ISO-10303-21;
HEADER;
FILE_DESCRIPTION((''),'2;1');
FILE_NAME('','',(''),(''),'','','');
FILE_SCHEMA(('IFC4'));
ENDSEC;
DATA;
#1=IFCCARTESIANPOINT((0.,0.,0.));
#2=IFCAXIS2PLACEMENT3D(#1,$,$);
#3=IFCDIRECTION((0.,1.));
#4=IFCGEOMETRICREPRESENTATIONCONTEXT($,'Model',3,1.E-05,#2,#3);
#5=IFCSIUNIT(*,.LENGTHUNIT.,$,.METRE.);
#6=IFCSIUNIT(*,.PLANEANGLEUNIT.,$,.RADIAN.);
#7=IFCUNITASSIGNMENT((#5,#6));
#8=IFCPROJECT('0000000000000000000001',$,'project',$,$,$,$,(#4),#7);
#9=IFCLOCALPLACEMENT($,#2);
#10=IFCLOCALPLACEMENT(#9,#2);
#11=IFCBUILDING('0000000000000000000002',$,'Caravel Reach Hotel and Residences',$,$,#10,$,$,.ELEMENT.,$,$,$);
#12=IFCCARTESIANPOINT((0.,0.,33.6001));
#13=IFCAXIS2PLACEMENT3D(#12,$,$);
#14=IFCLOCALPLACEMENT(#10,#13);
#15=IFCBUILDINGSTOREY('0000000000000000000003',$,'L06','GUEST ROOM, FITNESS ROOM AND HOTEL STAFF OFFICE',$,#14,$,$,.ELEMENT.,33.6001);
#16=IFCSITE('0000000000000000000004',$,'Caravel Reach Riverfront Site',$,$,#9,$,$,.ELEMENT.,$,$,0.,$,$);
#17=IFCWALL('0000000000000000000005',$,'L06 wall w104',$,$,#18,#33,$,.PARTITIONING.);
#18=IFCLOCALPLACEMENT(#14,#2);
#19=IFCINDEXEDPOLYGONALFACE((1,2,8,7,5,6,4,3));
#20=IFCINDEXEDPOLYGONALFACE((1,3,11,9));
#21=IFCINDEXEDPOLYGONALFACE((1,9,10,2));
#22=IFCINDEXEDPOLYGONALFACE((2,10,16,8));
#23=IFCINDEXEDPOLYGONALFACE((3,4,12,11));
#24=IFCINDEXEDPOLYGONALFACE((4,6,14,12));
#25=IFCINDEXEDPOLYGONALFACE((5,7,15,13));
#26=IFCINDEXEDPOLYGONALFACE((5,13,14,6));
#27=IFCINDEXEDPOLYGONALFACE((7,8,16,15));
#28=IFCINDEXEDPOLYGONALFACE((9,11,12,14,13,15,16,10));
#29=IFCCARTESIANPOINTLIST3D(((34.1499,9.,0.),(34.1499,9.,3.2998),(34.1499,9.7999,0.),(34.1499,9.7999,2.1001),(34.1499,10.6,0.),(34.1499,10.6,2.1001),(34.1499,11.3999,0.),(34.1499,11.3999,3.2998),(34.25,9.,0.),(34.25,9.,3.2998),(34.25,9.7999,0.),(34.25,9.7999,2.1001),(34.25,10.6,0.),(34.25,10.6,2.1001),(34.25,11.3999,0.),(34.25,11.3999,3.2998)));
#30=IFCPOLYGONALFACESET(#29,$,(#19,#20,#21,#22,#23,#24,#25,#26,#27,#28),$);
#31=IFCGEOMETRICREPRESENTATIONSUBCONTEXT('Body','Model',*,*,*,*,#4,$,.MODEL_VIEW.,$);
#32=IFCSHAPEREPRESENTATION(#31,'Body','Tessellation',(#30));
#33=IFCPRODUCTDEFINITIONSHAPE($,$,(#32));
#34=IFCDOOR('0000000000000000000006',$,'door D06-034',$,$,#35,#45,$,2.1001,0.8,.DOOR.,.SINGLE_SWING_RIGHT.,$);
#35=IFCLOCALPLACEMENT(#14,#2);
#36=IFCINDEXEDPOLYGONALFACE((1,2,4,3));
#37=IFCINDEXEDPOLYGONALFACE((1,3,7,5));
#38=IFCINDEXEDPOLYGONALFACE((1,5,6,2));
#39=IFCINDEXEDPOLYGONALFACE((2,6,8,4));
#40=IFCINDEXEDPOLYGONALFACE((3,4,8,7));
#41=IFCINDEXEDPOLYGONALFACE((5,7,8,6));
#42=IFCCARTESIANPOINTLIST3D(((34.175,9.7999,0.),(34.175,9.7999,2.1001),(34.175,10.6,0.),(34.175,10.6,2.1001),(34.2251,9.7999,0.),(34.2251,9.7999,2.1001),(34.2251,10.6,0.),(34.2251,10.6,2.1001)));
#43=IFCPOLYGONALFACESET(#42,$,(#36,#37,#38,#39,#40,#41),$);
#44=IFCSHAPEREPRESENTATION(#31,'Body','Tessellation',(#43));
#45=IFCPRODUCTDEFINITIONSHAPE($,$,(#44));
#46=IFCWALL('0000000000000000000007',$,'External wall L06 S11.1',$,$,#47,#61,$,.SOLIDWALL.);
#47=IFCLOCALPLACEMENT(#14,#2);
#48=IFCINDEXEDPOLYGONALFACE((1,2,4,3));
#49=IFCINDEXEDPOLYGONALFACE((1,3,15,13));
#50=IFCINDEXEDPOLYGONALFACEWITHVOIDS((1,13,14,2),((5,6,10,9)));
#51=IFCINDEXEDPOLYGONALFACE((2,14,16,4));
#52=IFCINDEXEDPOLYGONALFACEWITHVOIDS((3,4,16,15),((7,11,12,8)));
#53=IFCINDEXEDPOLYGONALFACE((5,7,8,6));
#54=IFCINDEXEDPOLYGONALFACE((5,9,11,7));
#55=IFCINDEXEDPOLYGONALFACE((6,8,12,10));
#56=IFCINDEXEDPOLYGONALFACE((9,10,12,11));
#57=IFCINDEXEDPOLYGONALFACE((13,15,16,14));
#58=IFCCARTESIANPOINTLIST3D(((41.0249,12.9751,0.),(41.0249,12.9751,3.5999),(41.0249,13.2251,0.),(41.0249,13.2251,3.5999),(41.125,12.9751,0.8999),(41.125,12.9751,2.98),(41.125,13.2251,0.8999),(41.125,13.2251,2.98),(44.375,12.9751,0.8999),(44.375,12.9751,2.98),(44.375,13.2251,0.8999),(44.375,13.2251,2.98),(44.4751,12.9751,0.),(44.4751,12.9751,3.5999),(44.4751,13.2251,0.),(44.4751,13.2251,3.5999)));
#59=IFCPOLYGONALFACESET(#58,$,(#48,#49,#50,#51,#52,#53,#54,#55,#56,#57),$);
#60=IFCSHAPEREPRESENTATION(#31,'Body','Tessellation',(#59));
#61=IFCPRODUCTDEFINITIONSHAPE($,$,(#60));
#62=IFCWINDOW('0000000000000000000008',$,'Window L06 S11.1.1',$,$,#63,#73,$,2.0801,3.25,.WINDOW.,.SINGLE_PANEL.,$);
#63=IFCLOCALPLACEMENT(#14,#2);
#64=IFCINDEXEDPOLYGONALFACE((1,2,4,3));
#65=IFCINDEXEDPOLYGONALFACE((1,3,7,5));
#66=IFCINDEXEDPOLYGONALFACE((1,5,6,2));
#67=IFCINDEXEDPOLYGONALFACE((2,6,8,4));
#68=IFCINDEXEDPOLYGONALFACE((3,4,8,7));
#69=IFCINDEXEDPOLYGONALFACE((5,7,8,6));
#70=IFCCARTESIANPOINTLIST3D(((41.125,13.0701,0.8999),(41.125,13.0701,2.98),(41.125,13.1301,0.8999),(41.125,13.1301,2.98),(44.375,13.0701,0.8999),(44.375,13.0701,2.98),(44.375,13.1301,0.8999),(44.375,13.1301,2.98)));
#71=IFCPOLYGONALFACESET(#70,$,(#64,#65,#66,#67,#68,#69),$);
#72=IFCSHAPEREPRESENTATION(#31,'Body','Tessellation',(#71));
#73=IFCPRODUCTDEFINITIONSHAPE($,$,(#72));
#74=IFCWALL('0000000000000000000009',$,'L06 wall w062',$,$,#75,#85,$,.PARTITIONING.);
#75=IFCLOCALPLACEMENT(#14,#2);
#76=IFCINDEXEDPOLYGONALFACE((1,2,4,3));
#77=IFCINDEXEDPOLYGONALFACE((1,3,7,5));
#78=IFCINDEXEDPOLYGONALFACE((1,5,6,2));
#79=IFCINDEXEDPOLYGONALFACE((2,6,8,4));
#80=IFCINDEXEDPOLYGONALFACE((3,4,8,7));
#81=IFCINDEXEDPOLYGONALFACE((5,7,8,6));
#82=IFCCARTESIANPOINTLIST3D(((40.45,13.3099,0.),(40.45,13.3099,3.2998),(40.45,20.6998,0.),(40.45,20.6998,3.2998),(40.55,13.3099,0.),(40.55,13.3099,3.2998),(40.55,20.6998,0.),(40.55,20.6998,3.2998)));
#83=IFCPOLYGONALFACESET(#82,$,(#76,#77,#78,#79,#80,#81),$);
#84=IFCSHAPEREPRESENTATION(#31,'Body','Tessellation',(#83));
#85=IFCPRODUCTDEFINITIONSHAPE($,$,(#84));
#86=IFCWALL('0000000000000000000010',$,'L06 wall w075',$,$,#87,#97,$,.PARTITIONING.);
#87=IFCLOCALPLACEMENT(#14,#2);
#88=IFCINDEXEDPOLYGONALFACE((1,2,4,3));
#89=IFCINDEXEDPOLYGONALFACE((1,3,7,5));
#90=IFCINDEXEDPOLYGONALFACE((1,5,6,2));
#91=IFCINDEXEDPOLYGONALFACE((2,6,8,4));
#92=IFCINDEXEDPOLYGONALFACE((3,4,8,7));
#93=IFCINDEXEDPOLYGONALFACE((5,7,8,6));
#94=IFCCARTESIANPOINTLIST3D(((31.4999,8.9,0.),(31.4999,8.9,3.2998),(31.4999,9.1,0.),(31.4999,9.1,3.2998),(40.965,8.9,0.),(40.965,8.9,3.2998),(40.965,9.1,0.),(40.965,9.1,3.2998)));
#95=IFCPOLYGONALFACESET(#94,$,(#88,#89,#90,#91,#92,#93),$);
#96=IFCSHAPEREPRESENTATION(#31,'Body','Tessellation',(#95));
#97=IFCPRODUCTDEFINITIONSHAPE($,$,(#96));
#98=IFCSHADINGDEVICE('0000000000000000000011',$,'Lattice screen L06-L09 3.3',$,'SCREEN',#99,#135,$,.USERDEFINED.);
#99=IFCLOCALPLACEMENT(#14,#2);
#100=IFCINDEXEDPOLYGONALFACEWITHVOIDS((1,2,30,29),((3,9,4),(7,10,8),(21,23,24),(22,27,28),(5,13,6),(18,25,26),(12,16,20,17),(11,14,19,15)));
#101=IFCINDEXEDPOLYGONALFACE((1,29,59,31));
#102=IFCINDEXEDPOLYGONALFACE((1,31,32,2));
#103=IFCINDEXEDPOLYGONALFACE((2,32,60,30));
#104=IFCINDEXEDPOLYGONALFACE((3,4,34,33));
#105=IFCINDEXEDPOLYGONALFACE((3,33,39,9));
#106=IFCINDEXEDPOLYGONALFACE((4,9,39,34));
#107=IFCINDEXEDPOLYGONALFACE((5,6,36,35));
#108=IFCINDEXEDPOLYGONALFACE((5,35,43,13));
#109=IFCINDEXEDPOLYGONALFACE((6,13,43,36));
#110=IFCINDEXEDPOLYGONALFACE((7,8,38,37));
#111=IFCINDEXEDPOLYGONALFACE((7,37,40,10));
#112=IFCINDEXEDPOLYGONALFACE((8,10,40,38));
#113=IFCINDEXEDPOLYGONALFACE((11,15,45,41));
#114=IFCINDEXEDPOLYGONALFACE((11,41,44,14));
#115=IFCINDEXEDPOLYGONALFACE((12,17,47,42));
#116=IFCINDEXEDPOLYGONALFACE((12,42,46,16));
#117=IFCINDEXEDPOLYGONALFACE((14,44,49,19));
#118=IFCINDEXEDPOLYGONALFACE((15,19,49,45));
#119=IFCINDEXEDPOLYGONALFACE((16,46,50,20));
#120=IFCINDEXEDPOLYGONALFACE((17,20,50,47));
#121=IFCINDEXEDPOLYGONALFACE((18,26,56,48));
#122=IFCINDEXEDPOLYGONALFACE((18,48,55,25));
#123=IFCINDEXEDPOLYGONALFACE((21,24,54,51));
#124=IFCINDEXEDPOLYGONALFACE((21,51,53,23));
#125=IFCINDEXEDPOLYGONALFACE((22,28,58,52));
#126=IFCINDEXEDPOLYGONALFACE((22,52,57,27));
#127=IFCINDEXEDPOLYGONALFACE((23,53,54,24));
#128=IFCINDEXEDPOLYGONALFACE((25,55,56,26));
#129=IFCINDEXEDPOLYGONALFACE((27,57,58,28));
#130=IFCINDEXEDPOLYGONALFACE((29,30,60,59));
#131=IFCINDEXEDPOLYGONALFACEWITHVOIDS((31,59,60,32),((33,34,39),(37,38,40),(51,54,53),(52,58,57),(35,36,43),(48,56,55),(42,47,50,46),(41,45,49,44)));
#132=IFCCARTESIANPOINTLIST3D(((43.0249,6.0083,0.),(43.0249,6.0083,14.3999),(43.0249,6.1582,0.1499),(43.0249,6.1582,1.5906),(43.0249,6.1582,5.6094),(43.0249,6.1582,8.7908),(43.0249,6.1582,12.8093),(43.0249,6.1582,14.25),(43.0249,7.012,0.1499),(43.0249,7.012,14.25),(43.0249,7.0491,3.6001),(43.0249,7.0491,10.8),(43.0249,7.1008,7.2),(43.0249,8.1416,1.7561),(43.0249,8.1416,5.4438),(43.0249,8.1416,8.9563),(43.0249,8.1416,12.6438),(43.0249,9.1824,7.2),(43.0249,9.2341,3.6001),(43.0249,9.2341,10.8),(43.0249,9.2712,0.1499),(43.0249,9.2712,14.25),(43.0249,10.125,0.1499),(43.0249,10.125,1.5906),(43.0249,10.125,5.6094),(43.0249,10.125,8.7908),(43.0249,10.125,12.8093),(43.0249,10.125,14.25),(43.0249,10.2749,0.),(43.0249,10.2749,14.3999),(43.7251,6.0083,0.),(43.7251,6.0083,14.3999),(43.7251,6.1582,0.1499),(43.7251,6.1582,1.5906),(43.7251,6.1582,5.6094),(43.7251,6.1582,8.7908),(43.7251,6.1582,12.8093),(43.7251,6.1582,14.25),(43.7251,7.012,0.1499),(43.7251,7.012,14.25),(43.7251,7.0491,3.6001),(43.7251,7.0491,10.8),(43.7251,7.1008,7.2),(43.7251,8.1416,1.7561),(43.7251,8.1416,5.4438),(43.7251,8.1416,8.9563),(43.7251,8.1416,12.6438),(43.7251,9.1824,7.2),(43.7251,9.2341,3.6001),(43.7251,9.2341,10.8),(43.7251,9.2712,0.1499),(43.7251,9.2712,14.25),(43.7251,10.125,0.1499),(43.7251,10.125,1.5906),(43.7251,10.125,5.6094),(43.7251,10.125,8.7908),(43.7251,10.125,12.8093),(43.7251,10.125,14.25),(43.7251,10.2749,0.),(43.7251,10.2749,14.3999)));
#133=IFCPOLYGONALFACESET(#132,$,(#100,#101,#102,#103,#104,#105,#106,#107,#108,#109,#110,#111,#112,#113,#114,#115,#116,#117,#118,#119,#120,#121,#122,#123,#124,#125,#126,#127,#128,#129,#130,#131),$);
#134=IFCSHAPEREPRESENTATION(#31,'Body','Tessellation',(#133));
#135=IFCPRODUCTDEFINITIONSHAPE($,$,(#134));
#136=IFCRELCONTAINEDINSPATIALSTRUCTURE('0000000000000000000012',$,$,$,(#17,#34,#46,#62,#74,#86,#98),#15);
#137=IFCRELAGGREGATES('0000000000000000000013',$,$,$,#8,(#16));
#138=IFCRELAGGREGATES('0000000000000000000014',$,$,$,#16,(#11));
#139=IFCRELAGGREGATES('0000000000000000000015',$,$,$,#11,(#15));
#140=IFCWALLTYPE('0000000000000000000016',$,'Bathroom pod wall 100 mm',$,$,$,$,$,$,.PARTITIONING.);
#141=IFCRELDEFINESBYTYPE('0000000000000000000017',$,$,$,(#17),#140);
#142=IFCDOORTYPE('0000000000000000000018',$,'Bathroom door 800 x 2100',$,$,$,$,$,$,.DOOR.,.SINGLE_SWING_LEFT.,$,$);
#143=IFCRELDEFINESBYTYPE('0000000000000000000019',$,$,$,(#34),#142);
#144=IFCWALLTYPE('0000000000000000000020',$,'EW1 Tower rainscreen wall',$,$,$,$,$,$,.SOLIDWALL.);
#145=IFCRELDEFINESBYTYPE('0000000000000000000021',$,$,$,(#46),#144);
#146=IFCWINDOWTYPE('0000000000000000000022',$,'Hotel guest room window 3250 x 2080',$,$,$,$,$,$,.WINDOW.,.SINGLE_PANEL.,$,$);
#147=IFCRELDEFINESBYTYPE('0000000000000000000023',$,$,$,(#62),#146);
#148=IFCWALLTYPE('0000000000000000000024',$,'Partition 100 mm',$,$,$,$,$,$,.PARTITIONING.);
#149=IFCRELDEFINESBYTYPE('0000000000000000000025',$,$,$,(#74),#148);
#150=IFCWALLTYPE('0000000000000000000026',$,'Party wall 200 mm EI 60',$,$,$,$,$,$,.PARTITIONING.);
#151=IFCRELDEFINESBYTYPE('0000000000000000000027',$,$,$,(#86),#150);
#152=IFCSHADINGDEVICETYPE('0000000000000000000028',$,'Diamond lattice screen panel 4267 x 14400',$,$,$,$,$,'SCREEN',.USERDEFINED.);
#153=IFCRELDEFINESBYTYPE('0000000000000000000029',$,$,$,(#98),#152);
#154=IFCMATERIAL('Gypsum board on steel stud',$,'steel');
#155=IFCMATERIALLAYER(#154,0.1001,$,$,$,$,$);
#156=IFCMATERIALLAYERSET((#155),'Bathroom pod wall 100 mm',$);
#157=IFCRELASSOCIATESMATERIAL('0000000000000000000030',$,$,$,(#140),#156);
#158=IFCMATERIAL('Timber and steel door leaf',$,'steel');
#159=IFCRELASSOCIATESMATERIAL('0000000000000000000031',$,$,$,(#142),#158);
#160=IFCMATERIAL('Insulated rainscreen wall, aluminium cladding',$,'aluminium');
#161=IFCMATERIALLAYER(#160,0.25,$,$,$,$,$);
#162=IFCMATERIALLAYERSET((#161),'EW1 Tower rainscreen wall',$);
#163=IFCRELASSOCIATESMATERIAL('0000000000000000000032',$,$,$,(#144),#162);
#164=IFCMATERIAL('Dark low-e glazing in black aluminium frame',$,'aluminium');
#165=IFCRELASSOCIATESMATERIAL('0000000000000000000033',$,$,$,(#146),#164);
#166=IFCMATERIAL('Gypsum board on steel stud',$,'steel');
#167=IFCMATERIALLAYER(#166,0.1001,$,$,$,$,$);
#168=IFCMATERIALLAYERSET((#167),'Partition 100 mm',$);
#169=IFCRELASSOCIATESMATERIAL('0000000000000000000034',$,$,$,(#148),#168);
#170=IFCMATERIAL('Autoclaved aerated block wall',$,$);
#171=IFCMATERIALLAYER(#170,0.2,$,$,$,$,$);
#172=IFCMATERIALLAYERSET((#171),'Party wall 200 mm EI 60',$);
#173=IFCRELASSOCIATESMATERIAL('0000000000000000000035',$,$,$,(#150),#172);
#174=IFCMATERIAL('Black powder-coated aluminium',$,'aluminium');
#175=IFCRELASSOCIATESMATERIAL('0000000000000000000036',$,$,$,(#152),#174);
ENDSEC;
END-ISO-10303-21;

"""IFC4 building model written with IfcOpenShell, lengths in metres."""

from ifc_helpers import new_model, si_unit, direction, frame, frame_2d, origin, place, context, subcontext, project, spatial, polyline, rectangle, outline, extrude, material, layer, layer_set, type_object, element, fill, save


model = new_model("IFC4")

# Units and contexts
model_context = context("Model", 3, precision=1e-05, world=origin(), true_north=direction((0.0, 1.0)))
body_context = subcontext(model_context, "Body", "Model", "MODEL_VIEW")
ifc_project = project(units=[si_unit("LENGTHUNIT", "METRE"), si_unit("PLANEANGLEUNIT", "RADIAN")], contexts=[model_context])

# Site, building, storey
site_placement = place(None, origin())
site = spatial("IfcSite", under=ifc_project, at=site_placement, Name="Caravel Reach Riverfront Site", CompositionType="ELEMENT", RefElevation=0.0)
building_placement = place(site_placement, origin())
building = spatial("IfcBuilding", under=site, at=building_placement, Name="Caravel Reach Hotel and Residences", CompositionType="ELEMENT")
storey_placement = place(building_placement, frame((0.0, 0.0, 33.6001)))
storey = spatial("IfcBuildingStorey", under=building, at=storey_placement, Name="L06", Description="GUEST ROOM, FITNESS ROOM AND HOTEL STAFF OFFICE", CompositionType="ELEMENT", Elevation=33.6001)

# Shared definitions
ifc_material_1 = material(Name="Gypsum board on steel stud", Category="steel")
ifc_layer_1 = layer(ifc_material_1, 0.1001)
ifc_layer_set_1 = layer_set([ifc_layer_1], Name="Bathroom pod wall 100 mm")
wall_type_1 = type_object("IfcWallType", Name="Bathroom pod wall 100 mm", PredefinedType="PARTITIONING", material=ifc_layer_set_1)

# Wall, opening, door
wall_1_placement = place(storey_placement, frame((34.2, 9.0, 0.0), z_axis=(0.0, 0.0, 1.0), x_axis=(0.0, 1.0, 0.0)))
wall_1 = element("IfcWall", 1, at=wall_1_placement, inside=storey, type_object=wall_type_1, Name="L06 wall w104", PredefinedType="PARTITIONING", context=body_context, shape_type="SweptSolid", body=[
    extrude(rectangle(XDim=2.3999, YDim=0.1001, at=frame_2d((1.2, 0.0))), origin(), (0.0, 0.0, 1.0), 3.2998),
])
opening_1_placement = place(wall_1_placement, frame((0.8, 0.0, 0.0)))
opening_1 = element("IfcOpeningElement", 2, at=opening_1_placement, cuts=wall_1, PredefinedType="OPENING", context=body_context, shape_type="SweptSolid", body=[
    extrude(rectangle(XDim=0.8, YDim=2.1001, at=frame_2d((0.3999, 1.05))), frame((0.0, 0.0601, 0.0), z_axis=(0.0, -1.0, 0.0), x_axis=(1.0, 0.0, 0.0)), (0.0, 0.0, 1.0), 0.1201),
])
ifc_material_2 = material(Name="Timber and steel door leaf", Category="steel")
door_type_1 = type_object("IfcDoorType", Name="Bathroom door 800 x 2100", OperationType="SINGLE_SWING_LEFT", PredefinedType="DOOR", material=ifc_material_2)
door_1_placement = place(opening_1_placement, origin())
door_1 = element("IfcDoor", 3, at=door_1_placement, inside=storey, type_object=door_type_1, Name="door D06-034", OperationType="SINGLE_SWING_RIGHT", OverallHeight=2.1001, OverallWidth=0.8, PredefinedType="DOOR", context=body_context, shape_type="SweptSolid", body=[
    extrude(rectangle(XDim=0.8, YDim=2.1001, at=frame_2d((0.3999, 1.05))), frame((0.0, 0.0249, 0.0), z_axis=(0.0, -1.0, 0.0), x_axis=(1.0, 0.0, 0.0)), (0.0, 0.0, 1.0), 0.05),
])
fill(opening_1, door_1)

# Shared definitions
ifc_material_3 = material(Name="Insulated rainscreen wall, aluminium cladding", Category="aluminium")
ifc_layer_2 = layer(ifc_material_3, 0.25)
ifc_layer_set_2 = layer_set([ifc_layer_2], Name="EW1 Tower rainscreen wall")
wall_type_2 = type_object("IfcWallType", Name="EW1 Tower rainscreen wall", PredefinedType="SOLIDWALL", material=ifc_layer_set_2)
ifc_material_4 = material(Name="Dark low-e glazing in black aluminium frame", Category="aluminium")
window_type = type_object("IfcWindowType", Name="Hotel guest room window 3250 x 2080", PartitioningType="SINGLE_PANEL", PredefinedType="WINDOW", material=ifc_material_4)

# Wall, opening, window
wall_2_placement = place(storey_placement, frame((41.0249, 13.1001, 0.0), z_axis=(0.0, 0.0, 1.0), x_axis=(1.0, 0.0, 0.0)))
wall_2 = element("IfcWall", 4, at=wall_2_placement, inside=storey, type_object=wall_type_2, Name="External wall L06 S11.1", PredefinedType="SOLIDWALL", context=body_context, shape_type="SweptSolid", body=[
    extrude(rectangle(XDim=3.4502, YDim=0.25, at=frame_2d((1.7251, 0.0))), origin(), (0.0, 0.0, 1.0), 3.5999),
])
opening_2_placement = place(wall_2_placement, frame((0.1001, 0.0, 0.8999)))
opening_2 = element("IfcOpeningElement", 5, at=opening_2_placement, cuts=wall_2, PredefinedType="OPENING", context=body_context, shape_type="SweptSolid", body=[
    extrude(rectangle(XDim=3.25, YDim=2.0801, at=frame_2d((1.625, 1.04))), frame((0.0, 0.135, 0.0), z_axis=(0.0, -1.0, 0.0), x_axis=(1.0, 0.0, 0.0)), (0.0, 0.0, 1.0), 0.27),
])
window_1_placement = place(opening_2_placement, origin())
window_1 = element("IfcWindow", 6, at=window_1_placement, inside=storey, type_object=window_type, Name="Window L06 S11.1.1", OverallHeight=2.0801, OverallWidth=3.25, PartitioningType="SINGLE_PANEL", PredefinedType="WINDOW", context=body_context, shape_type="SweptSolid", body=[
    extrude(rectangle(XDim=3.25, YDim=2.0801, at=frame_2d((1.625, 1.04))), frame((0.0, 0.03, 0.0), z_axis=(0.0, -1.0, 0.0), x_axis=(1.0, 0.0, 0.0)), (0.0, 0.0, 1.0), 0.0601),
])
fill(opening_2, window_1)

# Walls
ifc_material_5 = material(Name="Gypsum board on steel stud", Category="steel")
ifc_layer_3 = layer(ifc_material_5, 0.1001)
ifc_layer_set_3 = layer_set([ifc_layer_3], Name="Partition 100 mm")
wall_type_3 = type_object("IfcWallType", Name="Partition 100 mm", PredefinedType="PARTITIONING", material=ifc_layer_set_3)
wall_3_placement = place(storey_placement, frame((40.5, 13.3101, 0.0), z_axis=(0.0, 0.0, 1.0), x_axis=(0.0, 1.0, 0.0)))
element("IfcWall", 7, at=wall_3_placement, inside=storey, type_object=wall_type_3, Name="L06 wall w062", PredefinedType="PARTITIONING", context=body_context, shape_type="SweptSolid", body=[
    extrude(rectangle(XDim=7.3899, YDim=0.1001, at=frame_2d((3.6948, 0.0))), origin(), (0.0, 0.0, 1.0), 3.2998),
])
ifc_material_6 = material(Name="Autoclaved aerated block wall")
ifc_layer_4 = layer(ifc_material_6, 0.2)
ifc_layer_set_4 = layer_set([ifc_layer_4], Name="Party wall 200 mm EI 60")
wall_type_4 = type_object("IfcWallType", Name="Party wall 200 mm EI 60", PredefinedType="PARTITIONING", material=ifc_layer_set_4)
wall_4_placement = place(storey_placement, frame((31.5, 9.0, 0.0), z_axis=(0.0, 0.0, 1.0), x_axis=(1.0, 0.0, 0.0)))
element("IfcWall", 8, at=wall_4_placement, inside=storey, type_object=wall_type_4, Name="L06 wall w075", PredefinedType="PARTITIONING", context=body_context, shape_type="SweptSolid", body=[
    extrude(rectangle(XDim=9.4651, YDim=0.2, at=frame_2d((4.7324, 0.0))), origin(), (0.0, 0.0, 1.0), 3.2998),
])

# Shading device
ifc_material_7 = material(Name="Black powder-coated aluminium", Category="aluminium")
shading_device_type_1 = type_object("IfcShadingDeviceType", Name="Diamond lattice screen panel 4267 x 14400", ElementType="SCREEN", PredefinedType="USERDEFINED", material=ifc_material_7)
shading_device_1_placement = place(storey_placement, frame((43.0249, 6.0083, 0.0), z_axis=(1.0, 0.0, 0.0), x_axis=(0.0, 1.0, 0.0)))
element("IfcShadingDevice", 9, at=shading_device_1_placement, inside=storey, type_object=shading_device_type_1, Name="Lattice screen L06-L09 3.3", ObjectType="SCREEN", PredefinedType="USERDEFINED", context=body_context, shape_type="SweptSolid", body=[
    extrude(outline(polyline([(0.0, 0.0), (4.2666, 0.0), (4.2666, 14.3999), (0.0, 14.3999), (0.0, 0.0)]), holes=[polyline([(1.0037, 0.1499), (0.1499, 1.5906), (0.1499, 0.1499), (1.0037, 0.1499)]), polyline([(1.0925, 7.2), (0.1499, 8.7908), (0.1499, 5.6094), (1.0925, 7.2)]), polyline([(0.1499, 12.8093), (1.0037, 14.25), (0.1499, 14.25), (0.1499, 12.8093)]), polyline([(2.1333, 5.4438), (1.0408, 3.6001), (2.1333, 1.7561), (3.2258, 3.6001), (2.1333, 5.4438)]), polyline([(2.1333, 12.6438), (1.0408, 10.8), (2.1333, 8.9563), (3.2258, 10.8), (2.1333, 12.6438)]), polyline([(4.1167, 1.5906), (3.2629, 0.1499), (4.1167, 0.1499), (4.1167, 1.5906)]), polyline([(3.1741, 7.2), (4.1167, 5.6094), (4.1167, 8.7908), (3.1741, 7.2)]), polyline([(3.2629, 14.25), (4.1167, 12.8093), (4.1167, 14.25), (3.2629, 14.25)])]), origin(), (0.0, 0.0, 1.0), 0.7002),
])

save(model, "model.ifc")
